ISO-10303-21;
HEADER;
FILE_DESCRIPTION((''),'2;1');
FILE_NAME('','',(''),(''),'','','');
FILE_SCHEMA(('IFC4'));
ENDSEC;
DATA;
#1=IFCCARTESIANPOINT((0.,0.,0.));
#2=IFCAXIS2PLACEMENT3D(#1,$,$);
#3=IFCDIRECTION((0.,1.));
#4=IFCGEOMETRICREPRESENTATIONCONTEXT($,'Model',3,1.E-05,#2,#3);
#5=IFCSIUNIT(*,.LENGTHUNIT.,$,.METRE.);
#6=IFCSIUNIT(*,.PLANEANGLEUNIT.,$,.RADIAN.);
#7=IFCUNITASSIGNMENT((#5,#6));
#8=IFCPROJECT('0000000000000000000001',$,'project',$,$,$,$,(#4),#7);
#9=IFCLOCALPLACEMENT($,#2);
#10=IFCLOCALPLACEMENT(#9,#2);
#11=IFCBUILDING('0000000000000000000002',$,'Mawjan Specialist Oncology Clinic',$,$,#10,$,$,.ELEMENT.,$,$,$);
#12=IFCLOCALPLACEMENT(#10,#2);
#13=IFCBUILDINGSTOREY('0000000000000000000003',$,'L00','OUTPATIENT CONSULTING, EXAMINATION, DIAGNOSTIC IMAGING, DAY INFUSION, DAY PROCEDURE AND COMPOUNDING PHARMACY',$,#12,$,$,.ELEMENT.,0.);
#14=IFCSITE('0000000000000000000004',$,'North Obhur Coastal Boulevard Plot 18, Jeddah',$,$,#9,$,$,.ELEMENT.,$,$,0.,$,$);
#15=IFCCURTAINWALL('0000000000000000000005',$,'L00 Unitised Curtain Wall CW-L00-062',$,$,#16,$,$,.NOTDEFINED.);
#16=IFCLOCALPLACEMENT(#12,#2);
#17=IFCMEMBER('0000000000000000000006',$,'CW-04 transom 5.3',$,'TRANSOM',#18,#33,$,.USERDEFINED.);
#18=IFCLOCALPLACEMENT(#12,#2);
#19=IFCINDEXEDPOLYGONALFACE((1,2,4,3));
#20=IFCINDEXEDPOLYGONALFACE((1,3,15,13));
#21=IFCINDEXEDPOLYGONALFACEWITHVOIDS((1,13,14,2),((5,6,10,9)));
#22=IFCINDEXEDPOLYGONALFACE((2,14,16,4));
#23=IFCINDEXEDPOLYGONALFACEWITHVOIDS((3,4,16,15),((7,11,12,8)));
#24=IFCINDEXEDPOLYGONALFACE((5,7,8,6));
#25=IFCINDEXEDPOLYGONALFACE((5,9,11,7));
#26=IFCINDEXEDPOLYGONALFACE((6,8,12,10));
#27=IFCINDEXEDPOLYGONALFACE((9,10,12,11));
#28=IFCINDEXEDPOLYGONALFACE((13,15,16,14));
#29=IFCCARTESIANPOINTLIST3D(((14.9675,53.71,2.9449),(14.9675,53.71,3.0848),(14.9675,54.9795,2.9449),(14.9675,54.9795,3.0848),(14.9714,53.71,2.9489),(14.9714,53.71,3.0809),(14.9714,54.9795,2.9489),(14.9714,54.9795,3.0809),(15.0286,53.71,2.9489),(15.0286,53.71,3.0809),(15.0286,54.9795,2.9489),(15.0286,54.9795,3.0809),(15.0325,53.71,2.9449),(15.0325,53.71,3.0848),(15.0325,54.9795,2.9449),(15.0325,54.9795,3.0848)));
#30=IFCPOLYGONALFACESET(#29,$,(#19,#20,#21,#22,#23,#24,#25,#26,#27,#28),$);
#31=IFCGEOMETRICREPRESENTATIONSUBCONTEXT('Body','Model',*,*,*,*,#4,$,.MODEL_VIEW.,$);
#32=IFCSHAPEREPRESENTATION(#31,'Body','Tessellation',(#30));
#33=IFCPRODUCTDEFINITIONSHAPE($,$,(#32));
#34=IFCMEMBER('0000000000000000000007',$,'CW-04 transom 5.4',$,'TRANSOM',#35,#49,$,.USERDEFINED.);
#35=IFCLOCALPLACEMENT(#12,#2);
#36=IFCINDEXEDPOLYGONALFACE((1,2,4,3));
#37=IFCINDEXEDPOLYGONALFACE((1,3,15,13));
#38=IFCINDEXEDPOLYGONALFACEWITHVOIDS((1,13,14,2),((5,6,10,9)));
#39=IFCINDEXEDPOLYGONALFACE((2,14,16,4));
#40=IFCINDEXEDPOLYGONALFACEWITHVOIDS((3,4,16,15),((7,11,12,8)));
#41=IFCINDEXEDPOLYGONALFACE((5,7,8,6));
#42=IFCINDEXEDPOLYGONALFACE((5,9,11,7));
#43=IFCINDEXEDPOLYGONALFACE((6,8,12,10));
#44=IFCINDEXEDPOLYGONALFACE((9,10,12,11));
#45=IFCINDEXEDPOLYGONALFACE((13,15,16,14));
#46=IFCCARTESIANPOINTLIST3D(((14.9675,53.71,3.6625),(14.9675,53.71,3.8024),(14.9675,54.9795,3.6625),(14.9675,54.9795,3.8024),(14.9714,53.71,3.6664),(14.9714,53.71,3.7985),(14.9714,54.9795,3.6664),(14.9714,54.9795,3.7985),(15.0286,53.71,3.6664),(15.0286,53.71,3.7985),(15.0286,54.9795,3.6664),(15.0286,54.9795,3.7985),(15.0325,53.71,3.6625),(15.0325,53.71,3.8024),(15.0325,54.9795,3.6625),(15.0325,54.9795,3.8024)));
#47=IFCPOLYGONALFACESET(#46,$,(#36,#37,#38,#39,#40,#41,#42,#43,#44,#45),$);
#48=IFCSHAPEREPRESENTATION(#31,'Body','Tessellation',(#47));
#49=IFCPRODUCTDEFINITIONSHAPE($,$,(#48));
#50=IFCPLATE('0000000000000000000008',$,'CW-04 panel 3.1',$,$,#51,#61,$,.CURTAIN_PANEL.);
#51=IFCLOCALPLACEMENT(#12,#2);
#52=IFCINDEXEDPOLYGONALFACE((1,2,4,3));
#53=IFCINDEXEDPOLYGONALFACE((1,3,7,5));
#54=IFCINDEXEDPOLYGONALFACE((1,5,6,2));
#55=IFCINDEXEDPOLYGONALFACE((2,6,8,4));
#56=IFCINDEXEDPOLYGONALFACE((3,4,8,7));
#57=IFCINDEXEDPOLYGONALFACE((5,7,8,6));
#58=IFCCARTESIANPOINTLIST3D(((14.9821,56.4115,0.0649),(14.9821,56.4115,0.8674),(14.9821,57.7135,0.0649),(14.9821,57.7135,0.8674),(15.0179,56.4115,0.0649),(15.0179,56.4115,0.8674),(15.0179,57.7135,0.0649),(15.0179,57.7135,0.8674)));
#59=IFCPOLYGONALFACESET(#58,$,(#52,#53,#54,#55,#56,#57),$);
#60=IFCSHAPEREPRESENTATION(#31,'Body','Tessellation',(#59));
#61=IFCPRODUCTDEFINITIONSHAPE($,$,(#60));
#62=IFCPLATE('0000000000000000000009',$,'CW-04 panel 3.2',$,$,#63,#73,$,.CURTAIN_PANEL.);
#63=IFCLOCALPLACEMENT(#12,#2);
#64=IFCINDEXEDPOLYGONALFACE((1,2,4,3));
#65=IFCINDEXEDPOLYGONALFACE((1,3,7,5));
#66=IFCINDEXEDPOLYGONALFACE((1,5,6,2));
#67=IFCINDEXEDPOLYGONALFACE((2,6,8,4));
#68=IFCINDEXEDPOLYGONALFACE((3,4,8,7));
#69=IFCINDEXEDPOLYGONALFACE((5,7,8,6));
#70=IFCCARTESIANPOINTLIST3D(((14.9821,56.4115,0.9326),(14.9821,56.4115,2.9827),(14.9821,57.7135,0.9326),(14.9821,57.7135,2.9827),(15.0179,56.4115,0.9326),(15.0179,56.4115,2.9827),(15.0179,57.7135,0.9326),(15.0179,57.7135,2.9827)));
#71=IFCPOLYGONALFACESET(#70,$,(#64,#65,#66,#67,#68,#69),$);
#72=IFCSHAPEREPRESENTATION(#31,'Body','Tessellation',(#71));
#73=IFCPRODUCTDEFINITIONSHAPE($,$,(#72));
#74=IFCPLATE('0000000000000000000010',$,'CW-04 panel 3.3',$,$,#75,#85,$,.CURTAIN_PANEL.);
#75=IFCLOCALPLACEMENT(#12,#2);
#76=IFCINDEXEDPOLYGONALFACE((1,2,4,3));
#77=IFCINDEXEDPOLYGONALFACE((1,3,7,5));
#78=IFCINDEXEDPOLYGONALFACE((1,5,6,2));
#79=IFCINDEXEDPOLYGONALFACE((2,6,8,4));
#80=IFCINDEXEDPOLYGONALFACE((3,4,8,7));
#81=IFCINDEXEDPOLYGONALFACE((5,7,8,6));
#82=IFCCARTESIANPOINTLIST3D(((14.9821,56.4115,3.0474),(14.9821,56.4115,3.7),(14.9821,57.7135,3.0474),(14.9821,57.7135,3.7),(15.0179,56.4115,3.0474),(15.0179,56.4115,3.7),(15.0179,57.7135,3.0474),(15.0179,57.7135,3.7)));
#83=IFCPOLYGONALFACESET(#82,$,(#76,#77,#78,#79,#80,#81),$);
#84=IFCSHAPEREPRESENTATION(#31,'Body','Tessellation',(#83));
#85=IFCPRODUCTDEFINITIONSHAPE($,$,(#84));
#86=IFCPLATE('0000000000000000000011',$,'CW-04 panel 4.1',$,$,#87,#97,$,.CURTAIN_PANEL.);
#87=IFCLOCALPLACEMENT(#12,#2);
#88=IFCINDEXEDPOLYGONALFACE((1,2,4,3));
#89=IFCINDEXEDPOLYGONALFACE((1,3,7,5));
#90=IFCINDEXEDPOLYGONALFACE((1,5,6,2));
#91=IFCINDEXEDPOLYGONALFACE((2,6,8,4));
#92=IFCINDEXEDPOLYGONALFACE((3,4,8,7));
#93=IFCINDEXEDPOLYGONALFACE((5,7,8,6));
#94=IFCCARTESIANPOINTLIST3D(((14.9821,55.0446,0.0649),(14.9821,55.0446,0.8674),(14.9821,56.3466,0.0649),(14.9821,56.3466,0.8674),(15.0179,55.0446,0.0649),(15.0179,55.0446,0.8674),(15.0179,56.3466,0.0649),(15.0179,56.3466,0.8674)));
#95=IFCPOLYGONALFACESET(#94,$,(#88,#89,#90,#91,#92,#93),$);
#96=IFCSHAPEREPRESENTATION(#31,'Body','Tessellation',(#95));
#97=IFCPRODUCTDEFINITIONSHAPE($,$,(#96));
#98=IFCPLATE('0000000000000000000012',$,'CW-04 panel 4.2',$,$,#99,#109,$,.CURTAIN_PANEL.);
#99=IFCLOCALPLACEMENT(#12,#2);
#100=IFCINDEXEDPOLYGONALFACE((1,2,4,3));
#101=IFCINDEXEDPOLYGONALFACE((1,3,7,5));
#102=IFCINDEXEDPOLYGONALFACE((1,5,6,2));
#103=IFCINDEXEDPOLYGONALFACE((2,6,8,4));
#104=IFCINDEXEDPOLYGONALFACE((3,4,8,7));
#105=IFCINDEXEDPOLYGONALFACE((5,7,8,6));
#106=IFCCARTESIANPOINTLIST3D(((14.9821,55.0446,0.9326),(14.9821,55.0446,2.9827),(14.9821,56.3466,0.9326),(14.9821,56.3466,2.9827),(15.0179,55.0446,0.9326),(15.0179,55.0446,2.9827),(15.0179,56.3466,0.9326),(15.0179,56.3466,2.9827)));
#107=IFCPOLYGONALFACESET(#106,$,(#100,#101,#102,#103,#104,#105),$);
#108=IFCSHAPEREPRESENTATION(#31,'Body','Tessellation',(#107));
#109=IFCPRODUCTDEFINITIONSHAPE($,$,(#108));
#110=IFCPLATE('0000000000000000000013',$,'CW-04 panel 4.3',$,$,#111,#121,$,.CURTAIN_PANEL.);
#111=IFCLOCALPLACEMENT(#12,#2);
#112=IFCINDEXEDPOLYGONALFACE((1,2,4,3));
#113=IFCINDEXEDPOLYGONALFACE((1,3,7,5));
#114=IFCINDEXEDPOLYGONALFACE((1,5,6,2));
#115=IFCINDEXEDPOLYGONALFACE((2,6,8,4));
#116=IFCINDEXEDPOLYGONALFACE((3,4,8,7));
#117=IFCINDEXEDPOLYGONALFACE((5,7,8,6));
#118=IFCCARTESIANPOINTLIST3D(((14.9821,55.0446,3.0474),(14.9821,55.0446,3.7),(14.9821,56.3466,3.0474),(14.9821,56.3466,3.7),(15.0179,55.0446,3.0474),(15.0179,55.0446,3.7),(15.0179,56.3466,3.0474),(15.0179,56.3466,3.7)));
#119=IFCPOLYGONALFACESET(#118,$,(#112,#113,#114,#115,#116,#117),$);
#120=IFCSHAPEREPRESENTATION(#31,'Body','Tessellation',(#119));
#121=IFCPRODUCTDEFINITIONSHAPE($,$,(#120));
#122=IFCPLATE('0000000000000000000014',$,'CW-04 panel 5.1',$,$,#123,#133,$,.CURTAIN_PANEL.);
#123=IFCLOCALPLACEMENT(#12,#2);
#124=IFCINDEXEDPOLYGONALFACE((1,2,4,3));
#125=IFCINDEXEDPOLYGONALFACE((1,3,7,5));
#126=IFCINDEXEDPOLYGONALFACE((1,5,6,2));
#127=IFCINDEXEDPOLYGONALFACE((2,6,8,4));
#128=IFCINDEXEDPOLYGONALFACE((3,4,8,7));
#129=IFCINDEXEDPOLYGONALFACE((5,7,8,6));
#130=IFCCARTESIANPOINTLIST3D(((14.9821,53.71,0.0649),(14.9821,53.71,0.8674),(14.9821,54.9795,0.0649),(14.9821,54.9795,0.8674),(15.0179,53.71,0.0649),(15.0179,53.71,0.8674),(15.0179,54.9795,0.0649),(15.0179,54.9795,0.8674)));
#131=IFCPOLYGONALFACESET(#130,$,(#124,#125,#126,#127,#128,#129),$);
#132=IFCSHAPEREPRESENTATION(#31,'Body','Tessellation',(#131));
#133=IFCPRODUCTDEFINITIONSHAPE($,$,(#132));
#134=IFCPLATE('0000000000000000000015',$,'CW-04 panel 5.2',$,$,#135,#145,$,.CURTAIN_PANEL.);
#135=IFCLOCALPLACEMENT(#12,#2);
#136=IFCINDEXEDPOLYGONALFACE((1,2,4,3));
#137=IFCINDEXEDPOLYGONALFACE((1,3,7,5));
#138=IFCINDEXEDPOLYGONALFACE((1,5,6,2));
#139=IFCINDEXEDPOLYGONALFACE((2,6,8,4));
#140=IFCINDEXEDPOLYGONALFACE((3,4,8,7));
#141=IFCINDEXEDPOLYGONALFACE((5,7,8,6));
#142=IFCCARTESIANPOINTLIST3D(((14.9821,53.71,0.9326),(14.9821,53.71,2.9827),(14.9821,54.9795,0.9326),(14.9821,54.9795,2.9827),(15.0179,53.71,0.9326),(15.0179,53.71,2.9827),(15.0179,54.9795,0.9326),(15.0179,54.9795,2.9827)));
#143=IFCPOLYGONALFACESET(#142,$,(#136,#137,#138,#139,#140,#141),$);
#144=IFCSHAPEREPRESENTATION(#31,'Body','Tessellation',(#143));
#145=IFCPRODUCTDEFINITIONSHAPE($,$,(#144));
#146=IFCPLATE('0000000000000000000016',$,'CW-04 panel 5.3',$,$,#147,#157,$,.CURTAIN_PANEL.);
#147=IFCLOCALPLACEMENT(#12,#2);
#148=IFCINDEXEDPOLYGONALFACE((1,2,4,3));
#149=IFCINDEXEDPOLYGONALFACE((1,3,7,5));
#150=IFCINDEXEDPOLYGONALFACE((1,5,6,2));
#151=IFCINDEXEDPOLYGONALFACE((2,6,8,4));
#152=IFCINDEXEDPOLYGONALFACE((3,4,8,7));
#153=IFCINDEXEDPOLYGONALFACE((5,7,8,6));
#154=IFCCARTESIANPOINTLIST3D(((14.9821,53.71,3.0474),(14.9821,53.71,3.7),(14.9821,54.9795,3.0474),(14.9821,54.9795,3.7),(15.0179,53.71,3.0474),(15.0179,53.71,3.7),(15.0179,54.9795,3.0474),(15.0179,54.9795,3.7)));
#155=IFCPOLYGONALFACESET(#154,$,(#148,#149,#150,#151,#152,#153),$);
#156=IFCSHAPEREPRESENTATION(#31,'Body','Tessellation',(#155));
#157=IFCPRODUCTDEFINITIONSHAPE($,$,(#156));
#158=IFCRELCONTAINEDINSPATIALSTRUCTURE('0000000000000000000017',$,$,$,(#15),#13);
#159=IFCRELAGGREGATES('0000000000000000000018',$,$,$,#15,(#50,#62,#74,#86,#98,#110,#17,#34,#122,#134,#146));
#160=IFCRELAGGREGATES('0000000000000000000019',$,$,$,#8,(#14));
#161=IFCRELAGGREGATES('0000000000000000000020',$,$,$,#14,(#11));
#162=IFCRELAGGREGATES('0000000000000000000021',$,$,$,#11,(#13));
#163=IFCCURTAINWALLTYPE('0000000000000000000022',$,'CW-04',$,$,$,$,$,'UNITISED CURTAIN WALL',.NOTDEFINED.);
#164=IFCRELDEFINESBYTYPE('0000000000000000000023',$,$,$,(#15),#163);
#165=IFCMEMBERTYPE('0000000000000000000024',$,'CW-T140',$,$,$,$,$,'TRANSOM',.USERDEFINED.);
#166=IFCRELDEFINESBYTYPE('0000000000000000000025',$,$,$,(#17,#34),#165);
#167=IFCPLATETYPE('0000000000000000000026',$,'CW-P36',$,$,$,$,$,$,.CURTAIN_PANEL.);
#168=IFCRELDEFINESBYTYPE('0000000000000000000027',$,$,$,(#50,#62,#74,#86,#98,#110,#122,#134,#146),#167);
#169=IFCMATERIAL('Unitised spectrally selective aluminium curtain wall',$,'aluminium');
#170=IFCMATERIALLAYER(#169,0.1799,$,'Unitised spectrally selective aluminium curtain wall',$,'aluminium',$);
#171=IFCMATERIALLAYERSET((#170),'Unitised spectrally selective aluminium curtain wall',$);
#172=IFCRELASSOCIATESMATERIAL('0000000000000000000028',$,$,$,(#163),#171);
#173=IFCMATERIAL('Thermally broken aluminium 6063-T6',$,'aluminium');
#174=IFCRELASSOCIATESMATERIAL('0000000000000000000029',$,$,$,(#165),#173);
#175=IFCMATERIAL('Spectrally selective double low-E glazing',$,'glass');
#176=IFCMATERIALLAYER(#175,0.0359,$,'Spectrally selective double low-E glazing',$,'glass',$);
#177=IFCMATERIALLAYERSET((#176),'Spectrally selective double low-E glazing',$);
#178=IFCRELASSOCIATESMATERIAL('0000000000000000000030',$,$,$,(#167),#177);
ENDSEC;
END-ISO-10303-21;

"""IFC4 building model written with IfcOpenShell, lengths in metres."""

from ifc_helpers import new_model, si_unit, direction, frame, origin, origin_2d, place, context, subcontext, project, spatial, rectangle, hollow_rectangle, extrude, material, layer, layer_set, material_profile, profile_set, type_object, element, aggregate, save


model = new_model("IFC4")

# Units and contexts
model_context = context("Model", 3, precision=1e-05, world=origin(), true_north=direction((0.0, 1.0)))
body_context = subcontext(model_context, "Body", "Model", "MODEL_VIEW")
ifc_project = project(units=[si_unit("LENGTHUNIT", "METRE"), si_unit("PLANEANGLEUNIT", "RADIAN")], contexts=[model_context])

# Site, building, storey
site_placement = place(None, origin())
site = spatial("IfcSite", under=ifc_project, at=site_placement, Name="North Obhur Coastal Boulevard Plot 18, Jeddah", CompositionType="ELEMENT", RefElevation=0.0)
building_placement = place(site_placement, origin())
building = spatial("IfcBuilding", under=site, at=building_placement, Name="Mawjan Specialist Oncology Clinic", CompositionType="ELEMENT")
storey_placement = place(building_placement, origin())
storey = spatial("IfcBuildingStorey", under=building, at=storey_placement, Name="L00", Description="OUTPATIENT CONSULTING, EXAMINATION, DIAGNOSTIC IMAGING, DAY INFUSION, DAY PROCEDURE AND COMPOUNDING PHARMACY", CompositionType="ELEMENT", Elevation=0.0)

# Curtain wall, members, plates
ifc_material_1 = material(Name="Unitised spectrally selective aluminium curtain wall", Category="aluminium")
ifc_layer_1 = layer(ifc_material_1, 0.1799, Name="Unitised spectrally selective aluminium curtain wall", Category="aluminium")
ifc_layer_set_1 = layer_set([ifc_layer_1], Name="Unitised spectrally selective aluminium curtain wall")
curtain_wall_type = type_object("IfcCurtainWallType", Name="CW-04", ElementType="UNITISED CURTAIN WALL", PredefinedType="NOTDEFINED", material=ifc_layer_set_1)
curtain_wall_placement = place(storey_placement, origin())
curtain_wall = element("IfcCurtainWall", 1, at=curtain_wall_placement, inside=storey, type_object=curtain_wall_type, Name="L00 Unitised Curtain Wall CW-L00-062", PredefinedType="NOTDEFINED")
ifc_material_2 = material(Name="Thermally broken aluminium 6063-T6", Category="aluminium")
ifc_material_profile_1 = material_profile(ifc_material_2, hollow_rectangle(XDim=0.0649, YDim=0.1399, WallThickness=0.0039, at=origin_2d()), Name="ALU TRANSOM 140x65x4", Category="aluminium")
ifc_profile_set_1 = profile_set([ifc_material_profile_1], Name="Thermally broken aluminium 6063-T6")
member_type_1 = type_object("IfcMemberType", Name="CW-T140", ElementType="TRANSOM", PredefinedType="USERDEFINED", material=ifc_profile_set_1)
member_1_placement = place(storey_placement, frame((15.0, 54.9795, 3.0149), z_axis=(0.0, -1.0, 0.0), x_axis=(1.0, 0.0, 0.0)))
member_1 = element("IfcMember", 2, at=member_1_placement, type_object=member_type_1, Name="CW-04 transom 5.3", ObjectType="TRANSOM", PredefinedType="USERDEFINED", context=body_context, shape_type="SweptSolid", body=[
    extrude(hollow_rectangle(XDim=0.0649, YDim=0.1399, WallThickness=0.0039, at=origin_2d()), origin(), (0.0, 0.0, 1.0), 1.2695),
])
member_2_placement = place(storey_placement, frame((15.0, 54.9795, 3.7324), z_axis=(0.0, -1.0, 0.0), x_axis=(1.0, 0.0, 0.0)))
member_2 = element("IfcMember", 3, at=member_2_placement, type_object=member_type_1, Name="CW-04 transom 5.4", ObjectType="TRANSOM", PredefinedType="USERDEFINED", context=body_context, shape_type="SweptSolid", body=[
    extrude(hollow_rectangle(XDim=0.0649, YDim=0.1399, WallThickness=0.0039, at=origin_2d()), origin(), (0.0, 0.0, 1.0), 1.2695),
])
ifc_material_3 = material(Name="Spectrally selective double low-E glazing", Category="glass")
ifc_layer_2 = layer(ifc_material_3, 0.0359, Name="Spectrally selective double low-E glazing", Category="glass")
ifc_layer_set_2 = layer_set([ifc_layer_2], Name="Spectrally selective double low-E glazing")
plate_type = type_object("IfcPlateType", Name="CW-P36", PredefinedType="CURTAIN_PANEL", material=ifc_layer_set_2)
plate_1_placement = place(storey_placement, frame((15.0, 57.0625, 0.0649), z_axis=(0.0, 0.0, 1.0), x_axis=(0.0, -1.0, 0.0)))
plate_1 = element("IfcPlate", 4, at=plate_1_placement, type_object=plate_type, Name="CW-04 panel 3.1", PredefinedType="CURTAIN_PANEL", context=body_context, shape_type="SweptSolid", body=[
    extrude(rectangle(XDim=1.302, YDim=0.0359, at=origin_2d()), origin(), (0.0, 0.0, 1.0), 0.8025),
])
plate_2_placement = place(storey_placement, frame((15.0, 57.0625, 0.9326), z_axis=(0.0, 0.0, 1.0), x_axis=(0.0, -1.0, 0.0)))
plate_2 = element("IfcPlate", 5, at=plate_2_placement, type_object=plate_type, Name="CW-04 panel 3.2", PredefinedType="CURTAIN_PANEL", context=body_context, shape_type="SweptSolid", body=[
    extrude(rectangle(XDim=1.302, YDim=0.0359, at=origin_2d()), origin(), (0.0, 0.0, 1.0), 2.05),
])
plate_3_placement = place(storey_placement, frame((15.0, 57.0625, 3.0474), z_axis=(0.0, 0.0, 1.0), x_axis=(0.0, -1.0, 0.0)))
plate_3 = element("IfcPlate", 6, at=plate_3_placement, type_object=plate_type, Name="CW-04 panel 3.3", PredefinedType="CURTAIN_PANEL", context=body_context, shape_type="SweptSolid", body=[
    extrude(rectangle(XDim=1.302, YDim=0.0359, at=origin_2d()), origin(), (0.0, 0.0, 1.0), 0.6526),
])
plate_4_placement = place(storey_placement, frame((15.0, 55.6956, 0.0649), z_axis=(0.0, 0.0, 1.0), x_axis=(0.0, -1.0, 0.0)))
plate_4 = element("IfcPlate", 7, at=plate_4_placement, type_object=plate_type, Name="CW-04 panel 4.1", PredefinedType="CURTAIN_PANEL", context=body_context, shape_type="SweptSolid", body=[
    extrude(rectangle(XDim=1.302, YDim=0.0359, at=origin_2d()), origin(), (0.0, 0.0, 1.0), 0.8025),
])
plate_5_placement = place(storey_placement, frame((15.0, 55.6956, 0.9326), z_axis=(0.0, 0.0, 1.0), x_axis=(0.0, -1.0, 0.0)))
plate_5 = element("IfcPlate", 8, at=plate_5_placement, type_object=plate_type, Name="CW-04 panel 4.2", PredefinedType="CURTAIN_PANEL", context=body_context, shape_type="SweptSolid", body=[
    extrude(rectangle(XDim=1.302, YDim=0.0359, at=origin_2d()), origin(), (0.0, 0.0, 1.0), 2.05),
])
plate_6_placement = place(storey_placement, frame((15.0, 55.6956, 3.0474), z_axis=(0.0, 0.0, 1.0), x_axis=(0.0, -1.0, 0.0)))
plate_6 = element("IfcPlate", 9, at=plate_6_placement, type_object=plate_type, Name="CW-04 panel 4.3", PredefinedType="CURTAIN_PANEL", context=body_context, shape_type="SweptSolid", body=[
    extrude(rectangle(XDim=1.302, YDim=0.0359, at=origin_2d()), origin(), (0.0, 0.0, 1.0), 0.6526),
])
plate_7_placement = place(storey_placement, frame((15.0, 54.3447, 0.0649), z_axis=(0.0, 0.0, 1.0), x_axis=(0.0, -1.0, 0.0)))
plate_7 = element("IfcPlate", 10, at=plate_7_placement, type_object=plate_type, Name="CW-04 panel 5.1", PredefinedType="CURTAIN_PANEL", context=body_context, shape_type="SweptSolid", body=[
    extrude(rectangle(XDim=1.2695, YDim=0.0359, at=origin_2d()), origin(), (0.0, 0.0, 1.0), 0.8025),
])
plate_8_placement = place(storey_placement, frame((15.0, 54.3447, 0.9326), z_axis=(0.0, 0.0, 1.0), x_axis=(0.0, -1.0, 0.0)))
plate_8 = element("IfcPlate", 11, at=plate_8_placement, type_object=plate_type, Name="CW-04 panel 5.2", PredefinedType="CURTAIN_PANEL", context=body_context, shape_type="SweptSolid", body=[
    extrude(rectangle(XDim=1.2695, YDim=0.0359, at=origin_2d()), origin(), (0.0, 0.0, 1.0), 2.05),
])
plate_9_placement = place(storey_placement, frame((15.0, 54.3447, 3.0474), z_axis=(0.0, 0.0, 1.0), x_axis=(0.0, -1.0, 0.0)))
plate_9 = element("IfcPlate", 12, at=plate_9_placement, type_object=plate_type, Name="CW-04 panel 5.3", PredefinedType="CURTAIN_PANEL", context=body_context, shape_type="SweptSolid", body=[
    extrude(rectangle(XDim=1.2695, YDim=0.0359, at=origin_2d()), origin(), (0.0, 0.0, 1.0), 0.6526),
])
aggregate(curtain_wall, [plate_1, plate_2, plate_3, plate_4, plate_5, plate_6, member_1, member_2, plate_7, plate_8, plate_9])

save(model, "model.ifc")
